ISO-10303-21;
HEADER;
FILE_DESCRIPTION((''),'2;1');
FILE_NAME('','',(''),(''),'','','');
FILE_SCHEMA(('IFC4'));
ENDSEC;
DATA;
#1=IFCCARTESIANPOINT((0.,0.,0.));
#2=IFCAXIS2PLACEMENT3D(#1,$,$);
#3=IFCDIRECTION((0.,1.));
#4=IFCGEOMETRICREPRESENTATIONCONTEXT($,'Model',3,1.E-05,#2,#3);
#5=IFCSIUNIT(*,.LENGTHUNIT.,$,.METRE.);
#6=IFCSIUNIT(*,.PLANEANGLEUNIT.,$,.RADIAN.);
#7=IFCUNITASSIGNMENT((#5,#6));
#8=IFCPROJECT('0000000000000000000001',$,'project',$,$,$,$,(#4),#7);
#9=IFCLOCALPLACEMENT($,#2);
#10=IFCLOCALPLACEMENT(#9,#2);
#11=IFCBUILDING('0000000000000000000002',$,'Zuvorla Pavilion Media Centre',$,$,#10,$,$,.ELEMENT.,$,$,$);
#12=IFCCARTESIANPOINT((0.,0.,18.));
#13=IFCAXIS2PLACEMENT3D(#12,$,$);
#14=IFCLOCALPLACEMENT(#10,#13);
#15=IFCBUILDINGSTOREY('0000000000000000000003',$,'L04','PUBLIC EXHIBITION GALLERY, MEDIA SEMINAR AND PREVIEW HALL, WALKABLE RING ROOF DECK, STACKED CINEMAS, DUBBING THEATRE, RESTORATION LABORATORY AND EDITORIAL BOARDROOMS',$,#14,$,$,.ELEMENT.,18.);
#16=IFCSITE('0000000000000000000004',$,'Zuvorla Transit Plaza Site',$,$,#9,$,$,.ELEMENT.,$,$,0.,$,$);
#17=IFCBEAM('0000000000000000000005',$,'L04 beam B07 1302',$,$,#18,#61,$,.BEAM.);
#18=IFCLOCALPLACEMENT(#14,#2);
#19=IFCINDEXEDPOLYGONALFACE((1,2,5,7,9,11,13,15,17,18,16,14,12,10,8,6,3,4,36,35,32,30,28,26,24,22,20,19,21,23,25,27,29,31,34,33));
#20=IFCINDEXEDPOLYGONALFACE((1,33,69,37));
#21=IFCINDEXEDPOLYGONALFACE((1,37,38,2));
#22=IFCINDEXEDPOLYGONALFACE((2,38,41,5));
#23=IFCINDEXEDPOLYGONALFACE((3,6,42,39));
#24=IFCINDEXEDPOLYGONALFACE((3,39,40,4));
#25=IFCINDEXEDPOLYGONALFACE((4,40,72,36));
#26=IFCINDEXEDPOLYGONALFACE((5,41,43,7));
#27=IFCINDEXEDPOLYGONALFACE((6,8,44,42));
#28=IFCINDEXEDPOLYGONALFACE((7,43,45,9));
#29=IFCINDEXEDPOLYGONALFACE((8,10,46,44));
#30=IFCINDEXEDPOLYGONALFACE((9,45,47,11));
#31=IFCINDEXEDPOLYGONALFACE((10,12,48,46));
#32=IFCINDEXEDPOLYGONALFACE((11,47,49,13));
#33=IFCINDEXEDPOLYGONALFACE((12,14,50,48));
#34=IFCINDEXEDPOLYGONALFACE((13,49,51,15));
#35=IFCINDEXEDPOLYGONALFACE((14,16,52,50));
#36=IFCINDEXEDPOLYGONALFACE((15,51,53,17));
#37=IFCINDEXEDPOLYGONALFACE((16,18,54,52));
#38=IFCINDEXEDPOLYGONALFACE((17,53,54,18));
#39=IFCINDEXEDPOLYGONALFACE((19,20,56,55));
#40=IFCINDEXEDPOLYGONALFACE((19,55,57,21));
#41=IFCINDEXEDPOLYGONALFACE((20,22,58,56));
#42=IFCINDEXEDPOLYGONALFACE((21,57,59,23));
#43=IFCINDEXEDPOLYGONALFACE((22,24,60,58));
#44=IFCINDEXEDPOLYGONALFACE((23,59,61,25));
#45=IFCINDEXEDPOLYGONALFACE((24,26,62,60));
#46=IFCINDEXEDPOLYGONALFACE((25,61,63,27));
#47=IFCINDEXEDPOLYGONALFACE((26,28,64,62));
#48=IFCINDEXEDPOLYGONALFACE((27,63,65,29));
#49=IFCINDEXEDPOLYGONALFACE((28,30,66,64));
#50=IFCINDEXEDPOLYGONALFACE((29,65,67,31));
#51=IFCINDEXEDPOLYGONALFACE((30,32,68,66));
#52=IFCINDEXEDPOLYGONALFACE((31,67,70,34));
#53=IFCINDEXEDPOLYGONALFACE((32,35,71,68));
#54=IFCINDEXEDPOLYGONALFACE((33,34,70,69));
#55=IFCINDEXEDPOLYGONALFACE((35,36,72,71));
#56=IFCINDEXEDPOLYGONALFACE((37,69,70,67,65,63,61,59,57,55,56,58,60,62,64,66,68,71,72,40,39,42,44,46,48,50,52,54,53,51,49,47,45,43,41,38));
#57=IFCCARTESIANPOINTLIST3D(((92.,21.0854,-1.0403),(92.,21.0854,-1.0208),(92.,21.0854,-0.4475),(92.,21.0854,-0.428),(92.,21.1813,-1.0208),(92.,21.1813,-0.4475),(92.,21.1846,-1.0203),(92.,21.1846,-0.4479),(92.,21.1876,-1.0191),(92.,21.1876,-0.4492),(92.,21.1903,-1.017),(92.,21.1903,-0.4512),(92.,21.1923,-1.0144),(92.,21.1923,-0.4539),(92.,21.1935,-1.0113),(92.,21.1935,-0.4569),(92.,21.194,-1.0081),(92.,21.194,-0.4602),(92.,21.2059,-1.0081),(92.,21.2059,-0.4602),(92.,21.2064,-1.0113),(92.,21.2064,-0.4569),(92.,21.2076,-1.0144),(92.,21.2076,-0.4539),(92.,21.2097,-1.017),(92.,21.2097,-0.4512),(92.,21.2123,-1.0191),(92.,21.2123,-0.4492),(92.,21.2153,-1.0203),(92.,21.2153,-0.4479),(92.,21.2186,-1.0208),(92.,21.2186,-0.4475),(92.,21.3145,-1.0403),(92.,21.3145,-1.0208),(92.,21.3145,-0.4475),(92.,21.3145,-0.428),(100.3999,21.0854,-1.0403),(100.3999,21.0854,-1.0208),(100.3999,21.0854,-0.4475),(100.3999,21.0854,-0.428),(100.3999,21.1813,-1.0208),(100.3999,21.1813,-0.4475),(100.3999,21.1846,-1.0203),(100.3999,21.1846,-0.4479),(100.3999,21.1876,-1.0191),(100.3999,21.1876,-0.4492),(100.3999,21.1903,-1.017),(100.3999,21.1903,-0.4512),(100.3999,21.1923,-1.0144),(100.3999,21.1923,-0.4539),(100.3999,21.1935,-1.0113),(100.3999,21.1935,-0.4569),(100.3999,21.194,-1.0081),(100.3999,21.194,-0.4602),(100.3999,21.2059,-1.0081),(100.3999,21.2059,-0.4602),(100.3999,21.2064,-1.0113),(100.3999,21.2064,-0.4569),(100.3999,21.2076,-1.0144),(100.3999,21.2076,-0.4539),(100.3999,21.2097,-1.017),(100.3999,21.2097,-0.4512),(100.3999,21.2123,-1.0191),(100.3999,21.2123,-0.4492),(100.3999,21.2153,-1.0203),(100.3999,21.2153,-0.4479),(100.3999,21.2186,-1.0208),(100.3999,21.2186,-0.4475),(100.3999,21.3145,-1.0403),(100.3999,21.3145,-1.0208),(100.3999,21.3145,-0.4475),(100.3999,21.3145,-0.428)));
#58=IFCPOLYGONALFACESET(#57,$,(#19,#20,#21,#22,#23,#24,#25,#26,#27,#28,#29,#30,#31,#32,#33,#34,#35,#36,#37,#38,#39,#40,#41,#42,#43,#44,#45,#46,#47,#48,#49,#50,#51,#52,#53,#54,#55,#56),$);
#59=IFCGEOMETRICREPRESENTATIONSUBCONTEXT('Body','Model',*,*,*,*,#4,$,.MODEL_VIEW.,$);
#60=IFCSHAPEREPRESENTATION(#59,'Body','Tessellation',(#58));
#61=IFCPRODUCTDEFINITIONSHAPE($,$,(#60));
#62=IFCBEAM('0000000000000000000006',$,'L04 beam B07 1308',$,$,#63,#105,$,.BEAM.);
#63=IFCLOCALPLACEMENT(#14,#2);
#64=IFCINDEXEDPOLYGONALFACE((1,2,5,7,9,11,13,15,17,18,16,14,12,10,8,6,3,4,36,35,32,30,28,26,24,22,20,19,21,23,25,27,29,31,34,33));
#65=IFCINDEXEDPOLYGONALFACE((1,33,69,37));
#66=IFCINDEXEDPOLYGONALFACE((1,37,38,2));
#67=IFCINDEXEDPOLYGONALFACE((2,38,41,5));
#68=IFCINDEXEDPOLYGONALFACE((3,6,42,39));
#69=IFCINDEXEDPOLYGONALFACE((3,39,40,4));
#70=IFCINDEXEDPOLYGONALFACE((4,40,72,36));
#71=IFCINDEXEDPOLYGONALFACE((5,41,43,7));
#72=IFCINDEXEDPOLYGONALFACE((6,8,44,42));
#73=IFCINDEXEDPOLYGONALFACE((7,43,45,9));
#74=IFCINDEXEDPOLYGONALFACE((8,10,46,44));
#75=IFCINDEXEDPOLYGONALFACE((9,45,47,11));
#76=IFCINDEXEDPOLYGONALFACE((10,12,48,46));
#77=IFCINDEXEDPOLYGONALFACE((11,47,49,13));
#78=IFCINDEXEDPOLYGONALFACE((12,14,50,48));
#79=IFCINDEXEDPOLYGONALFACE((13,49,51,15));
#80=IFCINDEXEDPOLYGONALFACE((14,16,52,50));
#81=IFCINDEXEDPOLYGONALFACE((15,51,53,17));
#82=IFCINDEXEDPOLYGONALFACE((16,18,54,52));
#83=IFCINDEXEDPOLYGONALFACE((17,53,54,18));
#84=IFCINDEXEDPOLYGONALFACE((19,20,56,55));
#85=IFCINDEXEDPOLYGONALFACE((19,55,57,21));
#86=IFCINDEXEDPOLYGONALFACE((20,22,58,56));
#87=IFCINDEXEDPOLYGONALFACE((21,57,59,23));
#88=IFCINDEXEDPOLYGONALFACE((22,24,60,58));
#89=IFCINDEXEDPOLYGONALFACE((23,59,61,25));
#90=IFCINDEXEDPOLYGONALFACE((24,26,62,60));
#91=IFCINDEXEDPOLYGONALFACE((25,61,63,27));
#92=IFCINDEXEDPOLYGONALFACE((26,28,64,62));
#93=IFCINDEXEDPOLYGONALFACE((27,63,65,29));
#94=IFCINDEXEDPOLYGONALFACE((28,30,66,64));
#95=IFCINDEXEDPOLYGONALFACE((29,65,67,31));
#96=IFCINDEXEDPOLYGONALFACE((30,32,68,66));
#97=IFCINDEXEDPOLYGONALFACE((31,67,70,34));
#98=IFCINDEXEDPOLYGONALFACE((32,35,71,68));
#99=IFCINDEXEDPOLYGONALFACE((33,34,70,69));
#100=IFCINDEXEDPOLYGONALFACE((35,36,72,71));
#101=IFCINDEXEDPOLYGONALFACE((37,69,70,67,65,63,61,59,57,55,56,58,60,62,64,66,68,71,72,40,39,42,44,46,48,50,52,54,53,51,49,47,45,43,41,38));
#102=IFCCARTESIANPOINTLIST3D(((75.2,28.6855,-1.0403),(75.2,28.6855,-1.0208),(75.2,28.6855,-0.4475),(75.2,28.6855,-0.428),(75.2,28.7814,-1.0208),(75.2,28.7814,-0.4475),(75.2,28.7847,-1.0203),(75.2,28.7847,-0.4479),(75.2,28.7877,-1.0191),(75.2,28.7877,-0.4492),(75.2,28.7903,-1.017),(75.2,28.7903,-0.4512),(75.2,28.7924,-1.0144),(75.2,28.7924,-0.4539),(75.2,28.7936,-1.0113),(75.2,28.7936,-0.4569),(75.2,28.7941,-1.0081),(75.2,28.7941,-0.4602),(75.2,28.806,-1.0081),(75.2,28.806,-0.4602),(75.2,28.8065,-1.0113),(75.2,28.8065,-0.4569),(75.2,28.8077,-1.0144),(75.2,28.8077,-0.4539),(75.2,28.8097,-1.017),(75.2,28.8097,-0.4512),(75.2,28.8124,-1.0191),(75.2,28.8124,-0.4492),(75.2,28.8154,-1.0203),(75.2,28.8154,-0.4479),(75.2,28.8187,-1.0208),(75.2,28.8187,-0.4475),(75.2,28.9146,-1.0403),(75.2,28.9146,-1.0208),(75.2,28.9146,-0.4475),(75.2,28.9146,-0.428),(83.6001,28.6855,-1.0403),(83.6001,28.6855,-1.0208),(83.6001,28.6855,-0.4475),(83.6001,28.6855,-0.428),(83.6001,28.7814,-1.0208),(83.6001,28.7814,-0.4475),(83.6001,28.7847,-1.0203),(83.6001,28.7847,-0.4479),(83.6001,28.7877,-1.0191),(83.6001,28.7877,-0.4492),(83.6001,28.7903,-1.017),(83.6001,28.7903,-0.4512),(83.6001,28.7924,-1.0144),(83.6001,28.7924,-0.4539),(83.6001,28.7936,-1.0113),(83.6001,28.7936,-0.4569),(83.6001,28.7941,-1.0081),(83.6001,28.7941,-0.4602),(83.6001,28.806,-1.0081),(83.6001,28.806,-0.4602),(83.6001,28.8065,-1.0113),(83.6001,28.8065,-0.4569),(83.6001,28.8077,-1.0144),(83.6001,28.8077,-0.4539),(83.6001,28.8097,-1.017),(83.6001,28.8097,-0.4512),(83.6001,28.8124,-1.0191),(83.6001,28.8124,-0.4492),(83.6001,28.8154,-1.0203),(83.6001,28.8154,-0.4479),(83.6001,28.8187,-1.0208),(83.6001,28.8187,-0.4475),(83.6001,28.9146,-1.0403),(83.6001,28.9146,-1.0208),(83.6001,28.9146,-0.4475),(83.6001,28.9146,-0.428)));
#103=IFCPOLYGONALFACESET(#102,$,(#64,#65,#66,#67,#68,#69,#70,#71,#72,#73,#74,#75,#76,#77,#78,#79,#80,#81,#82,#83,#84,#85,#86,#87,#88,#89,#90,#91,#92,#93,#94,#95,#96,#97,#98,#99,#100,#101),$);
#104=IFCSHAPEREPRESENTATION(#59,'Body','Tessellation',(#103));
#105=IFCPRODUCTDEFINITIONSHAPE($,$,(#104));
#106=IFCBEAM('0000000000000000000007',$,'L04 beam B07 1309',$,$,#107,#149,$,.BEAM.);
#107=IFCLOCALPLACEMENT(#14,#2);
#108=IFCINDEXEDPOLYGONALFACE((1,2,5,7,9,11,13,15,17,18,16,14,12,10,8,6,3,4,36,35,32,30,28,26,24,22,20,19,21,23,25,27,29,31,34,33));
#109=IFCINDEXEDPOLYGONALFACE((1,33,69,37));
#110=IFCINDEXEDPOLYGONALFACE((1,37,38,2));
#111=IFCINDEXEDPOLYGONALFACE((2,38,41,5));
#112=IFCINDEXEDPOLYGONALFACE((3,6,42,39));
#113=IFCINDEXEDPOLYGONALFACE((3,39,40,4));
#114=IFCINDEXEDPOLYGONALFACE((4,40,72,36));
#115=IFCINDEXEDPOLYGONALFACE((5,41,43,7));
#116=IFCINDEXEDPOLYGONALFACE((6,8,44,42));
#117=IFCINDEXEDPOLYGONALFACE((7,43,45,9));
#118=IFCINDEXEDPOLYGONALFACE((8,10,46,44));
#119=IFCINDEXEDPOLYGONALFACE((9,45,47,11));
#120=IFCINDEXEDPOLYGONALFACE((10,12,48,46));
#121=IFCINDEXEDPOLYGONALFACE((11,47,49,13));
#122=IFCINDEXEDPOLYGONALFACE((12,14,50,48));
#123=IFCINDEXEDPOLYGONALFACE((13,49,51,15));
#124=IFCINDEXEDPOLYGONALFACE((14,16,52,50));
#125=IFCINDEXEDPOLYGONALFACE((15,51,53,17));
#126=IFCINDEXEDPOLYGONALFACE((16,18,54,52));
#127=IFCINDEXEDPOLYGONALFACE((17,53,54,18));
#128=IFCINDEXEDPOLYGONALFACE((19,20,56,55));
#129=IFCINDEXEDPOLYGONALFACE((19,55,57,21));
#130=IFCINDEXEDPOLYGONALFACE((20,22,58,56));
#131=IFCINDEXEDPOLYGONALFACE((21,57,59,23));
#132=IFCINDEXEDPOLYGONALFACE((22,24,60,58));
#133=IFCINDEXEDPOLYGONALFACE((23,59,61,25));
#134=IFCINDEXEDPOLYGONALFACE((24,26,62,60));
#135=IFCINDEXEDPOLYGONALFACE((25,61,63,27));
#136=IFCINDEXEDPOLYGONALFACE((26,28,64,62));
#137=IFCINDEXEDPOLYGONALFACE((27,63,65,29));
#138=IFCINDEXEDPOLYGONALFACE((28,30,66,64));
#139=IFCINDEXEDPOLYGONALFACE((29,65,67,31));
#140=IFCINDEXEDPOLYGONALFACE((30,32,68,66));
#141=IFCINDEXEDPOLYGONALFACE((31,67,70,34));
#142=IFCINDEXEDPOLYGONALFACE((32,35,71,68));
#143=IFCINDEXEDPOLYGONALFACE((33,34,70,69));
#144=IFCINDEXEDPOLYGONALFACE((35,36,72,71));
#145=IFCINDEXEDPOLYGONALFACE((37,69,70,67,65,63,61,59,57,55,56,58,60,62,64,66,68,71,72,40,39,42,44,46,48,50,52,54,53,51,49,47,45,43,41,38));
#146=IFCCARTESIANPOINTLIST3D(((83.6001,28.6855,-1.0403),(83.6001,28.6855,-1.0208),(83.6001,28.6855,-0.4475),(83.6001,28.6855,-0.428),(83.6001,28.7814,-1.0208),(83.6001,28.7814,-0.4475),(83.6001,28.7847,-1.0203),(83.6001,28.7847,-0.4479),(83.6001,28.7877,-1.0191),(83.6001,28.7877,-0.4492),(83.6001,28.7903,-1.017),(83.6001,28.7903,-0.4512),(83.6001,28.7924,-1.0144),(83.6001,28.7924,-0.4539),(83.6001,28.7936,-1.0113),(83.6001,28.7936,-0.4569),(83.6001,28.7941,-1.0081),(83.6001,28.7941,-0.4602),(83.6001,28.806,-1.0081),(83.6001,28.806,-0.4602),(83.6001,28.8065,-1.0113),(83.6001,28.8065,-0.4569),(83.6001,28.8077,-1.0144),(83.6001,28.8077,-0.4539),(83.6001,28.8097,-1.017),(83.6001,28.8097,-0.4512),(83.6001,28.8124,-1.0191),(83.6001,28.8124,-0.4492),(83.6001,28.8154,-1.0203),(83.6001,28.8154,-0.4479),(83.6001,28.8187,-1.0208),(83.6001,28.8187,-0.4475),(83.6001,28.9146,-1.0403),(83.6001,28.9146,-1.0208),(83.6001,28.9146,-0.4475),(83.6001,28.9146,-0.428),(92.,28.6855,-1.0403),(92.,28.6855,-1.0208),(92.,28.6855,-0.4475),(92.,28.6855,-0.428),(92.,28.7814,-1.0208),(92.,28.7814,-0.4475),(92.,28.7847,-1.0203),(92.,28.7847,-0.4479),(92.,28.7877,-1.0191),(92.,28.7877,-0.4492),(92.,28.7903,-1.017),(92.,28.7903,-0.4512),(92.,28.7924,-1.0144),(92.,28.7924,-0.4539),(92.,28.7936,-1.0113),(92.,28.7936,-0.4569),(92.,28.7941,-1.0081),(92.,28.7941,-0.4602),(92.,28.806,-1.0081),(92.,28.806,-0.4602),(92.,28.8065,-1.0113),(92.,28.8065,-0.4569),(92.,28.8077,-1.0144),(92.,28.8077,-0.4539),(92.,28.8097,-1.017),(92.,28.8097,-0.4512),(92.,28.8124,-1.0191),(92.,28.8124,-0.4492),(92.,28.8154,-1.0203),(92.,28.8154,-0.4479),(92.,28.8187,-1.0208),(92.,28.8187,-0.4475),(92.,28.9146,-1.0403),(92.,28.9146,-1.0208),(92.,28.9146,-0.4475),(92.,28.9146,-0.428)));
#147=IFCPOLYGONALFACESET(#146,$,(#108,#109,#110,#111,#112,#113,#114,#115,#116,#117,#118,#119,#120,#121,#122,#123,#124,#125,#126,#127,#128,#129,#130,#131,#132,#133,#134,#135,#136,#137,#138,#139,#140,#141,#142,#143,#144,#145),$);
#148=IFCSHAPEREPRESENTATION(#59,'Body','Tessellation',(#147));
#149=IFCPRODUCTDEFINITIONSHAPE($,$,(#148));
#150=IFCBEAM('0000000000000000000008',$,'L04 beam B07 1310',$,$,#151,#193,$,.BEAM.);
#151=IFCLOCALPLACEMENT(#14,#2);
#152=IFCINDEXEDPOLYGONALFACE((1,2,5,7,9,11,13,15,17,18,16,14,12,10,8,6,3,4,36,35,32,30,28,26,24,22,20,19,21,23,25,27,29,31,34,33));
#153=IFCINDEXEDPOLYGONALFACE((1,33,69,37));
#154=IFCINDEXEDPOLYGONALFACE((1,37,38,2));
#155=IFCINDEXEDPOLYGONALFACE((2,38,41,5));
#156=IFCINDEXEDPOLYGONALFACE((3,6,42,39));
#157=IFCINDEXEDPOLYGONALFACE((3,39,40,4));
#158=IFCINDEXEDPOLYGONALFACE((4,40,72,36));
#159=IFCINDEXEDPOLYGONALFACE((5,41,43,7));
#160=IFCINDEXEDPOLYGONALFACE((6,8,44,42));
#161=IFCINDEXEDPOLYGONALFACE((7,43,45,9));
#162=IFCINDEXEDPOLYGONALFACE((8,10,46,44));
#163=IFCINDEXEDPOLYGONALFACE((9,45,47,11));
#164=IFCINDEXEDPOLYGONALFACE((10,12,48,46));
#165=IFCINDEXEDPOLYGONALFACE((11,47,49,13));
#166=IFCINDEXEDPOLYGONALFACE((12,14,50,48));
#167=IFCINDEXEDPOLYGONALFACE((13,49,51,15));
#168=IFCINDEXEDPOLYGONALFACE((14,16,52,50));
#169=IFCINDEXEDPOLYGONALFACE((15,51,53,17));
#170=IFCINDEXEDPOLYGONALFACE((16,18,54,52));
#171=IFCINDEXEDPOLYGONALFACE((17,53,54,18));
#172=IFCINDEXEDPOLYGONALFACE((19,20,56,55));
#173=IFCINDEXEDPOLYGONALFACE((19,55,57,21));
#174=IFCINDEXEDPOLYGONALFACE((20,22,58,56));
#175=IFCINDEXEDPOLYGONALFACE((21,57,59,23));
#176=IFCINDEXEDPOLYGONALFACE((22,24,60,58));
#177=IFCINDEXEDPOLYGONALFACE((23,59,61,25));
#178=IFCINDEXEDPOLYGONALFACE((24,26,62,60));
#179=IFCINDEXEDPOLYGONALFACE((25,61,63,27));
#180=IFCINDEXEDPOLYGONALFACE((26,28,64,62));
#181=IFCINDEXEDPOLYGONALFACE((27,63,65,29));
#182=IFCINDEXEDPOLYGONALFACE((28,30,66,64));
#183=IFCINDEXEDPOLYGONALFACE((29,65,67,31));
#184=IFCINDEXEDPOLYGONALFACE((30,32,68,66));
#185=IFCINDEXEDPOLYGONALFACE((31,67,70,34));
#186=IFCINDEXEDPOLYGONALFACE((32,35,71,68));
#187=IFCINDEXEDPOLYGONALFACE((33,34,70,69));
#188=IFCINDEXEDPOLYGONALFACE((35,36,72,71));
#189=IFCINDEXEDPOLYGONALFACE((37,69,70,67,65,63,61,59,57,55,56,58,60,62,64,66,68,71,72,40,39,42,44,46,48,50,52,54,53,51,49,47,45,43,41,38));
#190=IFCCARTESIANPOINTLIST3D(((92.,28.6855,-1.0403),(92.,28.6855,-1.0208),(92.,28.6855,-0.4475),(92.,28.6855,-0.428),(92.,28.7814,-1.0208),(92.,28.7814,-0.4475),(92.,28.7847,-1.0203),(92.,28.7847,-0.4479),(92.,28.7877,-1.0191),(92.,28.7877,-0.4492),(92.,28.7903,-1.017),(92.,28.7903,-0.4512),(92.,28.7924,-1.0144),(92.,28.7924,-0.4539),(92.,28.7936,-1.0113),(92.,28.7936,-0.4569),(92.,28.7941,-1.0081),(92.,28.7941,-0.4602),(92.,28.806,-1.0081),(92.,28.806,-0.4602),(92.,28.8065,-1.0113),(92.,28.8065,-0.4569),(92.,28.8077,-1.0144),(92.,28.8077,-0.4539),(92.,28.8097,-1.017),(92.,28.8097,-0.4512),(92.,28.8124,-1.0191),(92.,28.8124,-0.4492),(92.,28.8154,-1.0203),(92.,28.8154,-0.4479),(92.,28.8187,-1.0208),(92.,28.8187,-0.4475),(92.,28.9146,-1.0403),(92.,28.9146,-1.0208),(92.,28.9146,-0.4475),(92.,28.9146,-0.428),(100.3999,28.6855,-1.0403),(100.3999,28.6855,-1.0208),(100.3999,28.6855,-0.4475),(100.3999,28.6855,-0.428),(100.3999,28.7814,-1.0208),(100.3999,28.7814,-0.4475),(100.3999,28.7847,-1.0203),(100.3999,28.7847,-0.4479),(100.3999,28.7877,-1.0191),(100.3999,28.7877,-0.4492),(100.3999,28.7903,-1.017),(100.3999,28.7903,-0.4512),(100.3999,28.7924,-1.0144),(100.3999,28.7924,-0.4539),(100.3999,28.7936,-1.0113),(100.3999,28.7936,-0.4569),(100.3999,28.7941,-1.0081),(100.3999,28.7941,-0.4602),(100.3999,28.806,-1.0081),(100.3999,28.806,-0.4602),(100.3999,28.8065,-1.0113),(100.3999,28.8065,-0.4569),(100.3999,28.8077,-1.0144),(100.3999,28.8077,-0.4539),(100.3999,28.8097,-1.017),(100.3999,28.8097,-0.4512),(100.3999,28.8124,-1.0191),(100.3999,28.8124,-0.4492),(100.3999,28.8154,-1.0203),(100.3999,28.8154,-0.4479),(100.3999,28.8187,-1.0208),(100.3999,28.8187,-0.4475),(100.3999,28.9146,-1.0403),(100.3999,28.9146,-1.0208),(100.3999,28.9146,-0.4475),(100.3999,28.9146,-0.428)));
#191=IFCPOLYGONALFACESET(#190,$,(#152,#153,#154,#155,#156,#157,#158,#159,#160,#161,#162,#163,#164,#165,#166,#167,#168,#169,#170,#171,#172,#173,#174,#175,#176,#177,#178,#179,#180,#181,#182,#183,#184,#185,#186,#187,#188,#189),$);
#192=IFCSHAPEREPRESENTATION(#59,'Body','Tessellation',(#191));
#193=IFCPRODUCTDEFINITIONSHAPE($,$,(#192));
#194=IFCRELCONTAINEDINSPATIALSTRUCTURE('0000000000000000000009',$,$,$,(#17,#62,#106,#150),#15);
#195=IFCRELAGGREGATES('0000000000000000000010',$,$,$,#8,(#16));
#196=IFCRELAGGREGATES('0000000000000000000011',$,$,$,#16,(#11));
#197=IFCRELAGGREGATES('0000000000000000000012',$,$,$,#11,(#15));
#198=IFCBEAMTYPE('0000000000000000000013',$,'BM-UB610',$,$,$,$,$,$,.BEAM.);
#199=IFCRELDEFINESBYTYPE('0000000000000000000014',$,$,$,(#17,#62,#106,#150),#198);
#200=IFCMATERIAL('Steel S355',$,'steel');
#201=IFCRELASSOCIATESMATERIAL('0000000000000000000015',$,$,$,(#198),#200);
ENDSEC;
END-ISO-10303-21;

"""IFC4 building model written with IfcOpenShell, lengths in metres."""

from ifc_helpers import new_model, si_unit, direction, frame, origin, origin_2d, place, context, subcontext, project, spatial, i_section, extrude, material, material_profile, profile_set, type_object, element, save


model = new_model("IFC4")

# Units and contexts
model_context = context("Model", 3, precision=1e-05, world=origin(), true_north=direction((0.0, 1.0)))
body_context = subcontext(model_context, "Body", "Model", "MODEL_VIEW")
ifc_project = project(units=[si_unit("LENGTHUNIT", "METRE"), si_unit("PLANEANGLEUNIT", "RADIAN")], contexts=[model_context])

# Site, building, storey
site_placement = place(None, origin())
site = spatial("IfcSite", under=ifc_project, at=site_placement, Name="Zuvorla Transit Plaza Site", CompositionType="ELEMENT", RefElevation=0.0)
building_placement = place(site_placement, origin())
building = spatial("IfcBuilding", under=site, at=building_placement, Name="Zuvorla Pavilion Media Centre", CompositionType="ELEMENT")
storey_placement = place(building_placement, frame((0.0, 0.0, 18.0)))
storey = spatial("IfcBuildingStorey", under=building, at=storey_placement, Name="L04", Description="PUBLIC EXHIBITION GALLERY, MEDIA SEMINAR AND PREVIEW HALL, WALKABLE RING ROOF DECK, STACKED CINEMAS, DUBBING THEATRE, RESTORATION LABORATORY AND EDITORIAL BOARDROOMS", CompositionType="ELEMENT", Elevation=18.0)

# Beams
ifc_material_1 = material(Name="Steel S355", Category="steel")
ifc_material_profile_1 = material_profile(ifc_material_1, i_section(OverallWidth=0.229, OverallDepth=0.6123, WebThickness=0.012, FlangeThickness=0.0195, FilletRadius=0.0127, at=origin_2d()), Name="UB 610x229x125")
ifc_profile_set_1 = profile_set([ifc_material_profile_1], Name="Steel S355")
beam_type_1 = type_object("IfcBeamType", Name="BM-UB610", PredefinedType="BEAM", material=ifc_profile_set_1)
beam_1_placement = place(storey_placement, frame((92.0, 21.2, -0.7341), z_axis=(1.0, 0.0, 0.0), x_axis=(0.0, 1.0, 0.0)))
element("IfcBeam", 1, at=beam_1_placement, inside=storey, type_object=beam_type_1, Name="L04 beam B07 1302", PredefinedType="BEAM", context=body_context, shape_type="SweptSolid", body=[
    extrude(i_section(OverallWidth=0.229, OverallDepth=0.6123, WebThickness=0.012, FlangeThickness=0.0195, FilletRadius=0.0127, at=origin_2d()), origin(), (0.0, 0.0, 1.0), 8.3999),
])
beam_2_placement = place(storey_placement, frame((75.2, 28.8, -0.7341), z_axis=(1.0, 0.0, 0.0), x_axis=(0.0, 1.0, 0.0)))
element("IfcBeam", 2, at=beam_2_placement, inside=storey, type_object=beam_type_1, Name="L04 beam B07 1308", PredefinedType="BEAM", context=body_context, shape_type="SweptSolid", body=[
    extrude(i_section(OverallWidth=0.229, OverallDepth=0.6123, WebThickness=0.012, FlangeThickness=0.0195, FilletRadius=0.0127, at=origin_2d()), origin(), (0.0, 0.0, 1.0), 8.4001),
])
for number, where, z_axis, x_axis, name in (
    (3, (83.6001, 28.8, -0.7341), (1.0, 0.0, 0.0), (0.0, 1.0, 0.0), "L04 beam B07 1309"),
    (4, (92.0, 28.8, -0.7341), (1.0, 0.0, 0.0), (0.0, 1.0, 0.0), "L04 beam B07 1310"),
):
    element("IfcBeam", number, at=place(storey_placement, frame(where, z_axis=z_axis, x_axis=x_axis)), inside=storey, type_object=beam_type_1, Name=name, PredefinedType="BEAM", context=body_context, shape_type="SweptSolid", body=[
        extrude(i_section(OverallWidth=0.229, OverallDepth=0.6123, WebThickness=0.012, FlangeThickness=0.0195, FilletRadius=0.0127, at=origin_2d()), origin(), (0.0, 0.0, 1.0), 8.3999),
    ])

save(model, "model.ifc")
